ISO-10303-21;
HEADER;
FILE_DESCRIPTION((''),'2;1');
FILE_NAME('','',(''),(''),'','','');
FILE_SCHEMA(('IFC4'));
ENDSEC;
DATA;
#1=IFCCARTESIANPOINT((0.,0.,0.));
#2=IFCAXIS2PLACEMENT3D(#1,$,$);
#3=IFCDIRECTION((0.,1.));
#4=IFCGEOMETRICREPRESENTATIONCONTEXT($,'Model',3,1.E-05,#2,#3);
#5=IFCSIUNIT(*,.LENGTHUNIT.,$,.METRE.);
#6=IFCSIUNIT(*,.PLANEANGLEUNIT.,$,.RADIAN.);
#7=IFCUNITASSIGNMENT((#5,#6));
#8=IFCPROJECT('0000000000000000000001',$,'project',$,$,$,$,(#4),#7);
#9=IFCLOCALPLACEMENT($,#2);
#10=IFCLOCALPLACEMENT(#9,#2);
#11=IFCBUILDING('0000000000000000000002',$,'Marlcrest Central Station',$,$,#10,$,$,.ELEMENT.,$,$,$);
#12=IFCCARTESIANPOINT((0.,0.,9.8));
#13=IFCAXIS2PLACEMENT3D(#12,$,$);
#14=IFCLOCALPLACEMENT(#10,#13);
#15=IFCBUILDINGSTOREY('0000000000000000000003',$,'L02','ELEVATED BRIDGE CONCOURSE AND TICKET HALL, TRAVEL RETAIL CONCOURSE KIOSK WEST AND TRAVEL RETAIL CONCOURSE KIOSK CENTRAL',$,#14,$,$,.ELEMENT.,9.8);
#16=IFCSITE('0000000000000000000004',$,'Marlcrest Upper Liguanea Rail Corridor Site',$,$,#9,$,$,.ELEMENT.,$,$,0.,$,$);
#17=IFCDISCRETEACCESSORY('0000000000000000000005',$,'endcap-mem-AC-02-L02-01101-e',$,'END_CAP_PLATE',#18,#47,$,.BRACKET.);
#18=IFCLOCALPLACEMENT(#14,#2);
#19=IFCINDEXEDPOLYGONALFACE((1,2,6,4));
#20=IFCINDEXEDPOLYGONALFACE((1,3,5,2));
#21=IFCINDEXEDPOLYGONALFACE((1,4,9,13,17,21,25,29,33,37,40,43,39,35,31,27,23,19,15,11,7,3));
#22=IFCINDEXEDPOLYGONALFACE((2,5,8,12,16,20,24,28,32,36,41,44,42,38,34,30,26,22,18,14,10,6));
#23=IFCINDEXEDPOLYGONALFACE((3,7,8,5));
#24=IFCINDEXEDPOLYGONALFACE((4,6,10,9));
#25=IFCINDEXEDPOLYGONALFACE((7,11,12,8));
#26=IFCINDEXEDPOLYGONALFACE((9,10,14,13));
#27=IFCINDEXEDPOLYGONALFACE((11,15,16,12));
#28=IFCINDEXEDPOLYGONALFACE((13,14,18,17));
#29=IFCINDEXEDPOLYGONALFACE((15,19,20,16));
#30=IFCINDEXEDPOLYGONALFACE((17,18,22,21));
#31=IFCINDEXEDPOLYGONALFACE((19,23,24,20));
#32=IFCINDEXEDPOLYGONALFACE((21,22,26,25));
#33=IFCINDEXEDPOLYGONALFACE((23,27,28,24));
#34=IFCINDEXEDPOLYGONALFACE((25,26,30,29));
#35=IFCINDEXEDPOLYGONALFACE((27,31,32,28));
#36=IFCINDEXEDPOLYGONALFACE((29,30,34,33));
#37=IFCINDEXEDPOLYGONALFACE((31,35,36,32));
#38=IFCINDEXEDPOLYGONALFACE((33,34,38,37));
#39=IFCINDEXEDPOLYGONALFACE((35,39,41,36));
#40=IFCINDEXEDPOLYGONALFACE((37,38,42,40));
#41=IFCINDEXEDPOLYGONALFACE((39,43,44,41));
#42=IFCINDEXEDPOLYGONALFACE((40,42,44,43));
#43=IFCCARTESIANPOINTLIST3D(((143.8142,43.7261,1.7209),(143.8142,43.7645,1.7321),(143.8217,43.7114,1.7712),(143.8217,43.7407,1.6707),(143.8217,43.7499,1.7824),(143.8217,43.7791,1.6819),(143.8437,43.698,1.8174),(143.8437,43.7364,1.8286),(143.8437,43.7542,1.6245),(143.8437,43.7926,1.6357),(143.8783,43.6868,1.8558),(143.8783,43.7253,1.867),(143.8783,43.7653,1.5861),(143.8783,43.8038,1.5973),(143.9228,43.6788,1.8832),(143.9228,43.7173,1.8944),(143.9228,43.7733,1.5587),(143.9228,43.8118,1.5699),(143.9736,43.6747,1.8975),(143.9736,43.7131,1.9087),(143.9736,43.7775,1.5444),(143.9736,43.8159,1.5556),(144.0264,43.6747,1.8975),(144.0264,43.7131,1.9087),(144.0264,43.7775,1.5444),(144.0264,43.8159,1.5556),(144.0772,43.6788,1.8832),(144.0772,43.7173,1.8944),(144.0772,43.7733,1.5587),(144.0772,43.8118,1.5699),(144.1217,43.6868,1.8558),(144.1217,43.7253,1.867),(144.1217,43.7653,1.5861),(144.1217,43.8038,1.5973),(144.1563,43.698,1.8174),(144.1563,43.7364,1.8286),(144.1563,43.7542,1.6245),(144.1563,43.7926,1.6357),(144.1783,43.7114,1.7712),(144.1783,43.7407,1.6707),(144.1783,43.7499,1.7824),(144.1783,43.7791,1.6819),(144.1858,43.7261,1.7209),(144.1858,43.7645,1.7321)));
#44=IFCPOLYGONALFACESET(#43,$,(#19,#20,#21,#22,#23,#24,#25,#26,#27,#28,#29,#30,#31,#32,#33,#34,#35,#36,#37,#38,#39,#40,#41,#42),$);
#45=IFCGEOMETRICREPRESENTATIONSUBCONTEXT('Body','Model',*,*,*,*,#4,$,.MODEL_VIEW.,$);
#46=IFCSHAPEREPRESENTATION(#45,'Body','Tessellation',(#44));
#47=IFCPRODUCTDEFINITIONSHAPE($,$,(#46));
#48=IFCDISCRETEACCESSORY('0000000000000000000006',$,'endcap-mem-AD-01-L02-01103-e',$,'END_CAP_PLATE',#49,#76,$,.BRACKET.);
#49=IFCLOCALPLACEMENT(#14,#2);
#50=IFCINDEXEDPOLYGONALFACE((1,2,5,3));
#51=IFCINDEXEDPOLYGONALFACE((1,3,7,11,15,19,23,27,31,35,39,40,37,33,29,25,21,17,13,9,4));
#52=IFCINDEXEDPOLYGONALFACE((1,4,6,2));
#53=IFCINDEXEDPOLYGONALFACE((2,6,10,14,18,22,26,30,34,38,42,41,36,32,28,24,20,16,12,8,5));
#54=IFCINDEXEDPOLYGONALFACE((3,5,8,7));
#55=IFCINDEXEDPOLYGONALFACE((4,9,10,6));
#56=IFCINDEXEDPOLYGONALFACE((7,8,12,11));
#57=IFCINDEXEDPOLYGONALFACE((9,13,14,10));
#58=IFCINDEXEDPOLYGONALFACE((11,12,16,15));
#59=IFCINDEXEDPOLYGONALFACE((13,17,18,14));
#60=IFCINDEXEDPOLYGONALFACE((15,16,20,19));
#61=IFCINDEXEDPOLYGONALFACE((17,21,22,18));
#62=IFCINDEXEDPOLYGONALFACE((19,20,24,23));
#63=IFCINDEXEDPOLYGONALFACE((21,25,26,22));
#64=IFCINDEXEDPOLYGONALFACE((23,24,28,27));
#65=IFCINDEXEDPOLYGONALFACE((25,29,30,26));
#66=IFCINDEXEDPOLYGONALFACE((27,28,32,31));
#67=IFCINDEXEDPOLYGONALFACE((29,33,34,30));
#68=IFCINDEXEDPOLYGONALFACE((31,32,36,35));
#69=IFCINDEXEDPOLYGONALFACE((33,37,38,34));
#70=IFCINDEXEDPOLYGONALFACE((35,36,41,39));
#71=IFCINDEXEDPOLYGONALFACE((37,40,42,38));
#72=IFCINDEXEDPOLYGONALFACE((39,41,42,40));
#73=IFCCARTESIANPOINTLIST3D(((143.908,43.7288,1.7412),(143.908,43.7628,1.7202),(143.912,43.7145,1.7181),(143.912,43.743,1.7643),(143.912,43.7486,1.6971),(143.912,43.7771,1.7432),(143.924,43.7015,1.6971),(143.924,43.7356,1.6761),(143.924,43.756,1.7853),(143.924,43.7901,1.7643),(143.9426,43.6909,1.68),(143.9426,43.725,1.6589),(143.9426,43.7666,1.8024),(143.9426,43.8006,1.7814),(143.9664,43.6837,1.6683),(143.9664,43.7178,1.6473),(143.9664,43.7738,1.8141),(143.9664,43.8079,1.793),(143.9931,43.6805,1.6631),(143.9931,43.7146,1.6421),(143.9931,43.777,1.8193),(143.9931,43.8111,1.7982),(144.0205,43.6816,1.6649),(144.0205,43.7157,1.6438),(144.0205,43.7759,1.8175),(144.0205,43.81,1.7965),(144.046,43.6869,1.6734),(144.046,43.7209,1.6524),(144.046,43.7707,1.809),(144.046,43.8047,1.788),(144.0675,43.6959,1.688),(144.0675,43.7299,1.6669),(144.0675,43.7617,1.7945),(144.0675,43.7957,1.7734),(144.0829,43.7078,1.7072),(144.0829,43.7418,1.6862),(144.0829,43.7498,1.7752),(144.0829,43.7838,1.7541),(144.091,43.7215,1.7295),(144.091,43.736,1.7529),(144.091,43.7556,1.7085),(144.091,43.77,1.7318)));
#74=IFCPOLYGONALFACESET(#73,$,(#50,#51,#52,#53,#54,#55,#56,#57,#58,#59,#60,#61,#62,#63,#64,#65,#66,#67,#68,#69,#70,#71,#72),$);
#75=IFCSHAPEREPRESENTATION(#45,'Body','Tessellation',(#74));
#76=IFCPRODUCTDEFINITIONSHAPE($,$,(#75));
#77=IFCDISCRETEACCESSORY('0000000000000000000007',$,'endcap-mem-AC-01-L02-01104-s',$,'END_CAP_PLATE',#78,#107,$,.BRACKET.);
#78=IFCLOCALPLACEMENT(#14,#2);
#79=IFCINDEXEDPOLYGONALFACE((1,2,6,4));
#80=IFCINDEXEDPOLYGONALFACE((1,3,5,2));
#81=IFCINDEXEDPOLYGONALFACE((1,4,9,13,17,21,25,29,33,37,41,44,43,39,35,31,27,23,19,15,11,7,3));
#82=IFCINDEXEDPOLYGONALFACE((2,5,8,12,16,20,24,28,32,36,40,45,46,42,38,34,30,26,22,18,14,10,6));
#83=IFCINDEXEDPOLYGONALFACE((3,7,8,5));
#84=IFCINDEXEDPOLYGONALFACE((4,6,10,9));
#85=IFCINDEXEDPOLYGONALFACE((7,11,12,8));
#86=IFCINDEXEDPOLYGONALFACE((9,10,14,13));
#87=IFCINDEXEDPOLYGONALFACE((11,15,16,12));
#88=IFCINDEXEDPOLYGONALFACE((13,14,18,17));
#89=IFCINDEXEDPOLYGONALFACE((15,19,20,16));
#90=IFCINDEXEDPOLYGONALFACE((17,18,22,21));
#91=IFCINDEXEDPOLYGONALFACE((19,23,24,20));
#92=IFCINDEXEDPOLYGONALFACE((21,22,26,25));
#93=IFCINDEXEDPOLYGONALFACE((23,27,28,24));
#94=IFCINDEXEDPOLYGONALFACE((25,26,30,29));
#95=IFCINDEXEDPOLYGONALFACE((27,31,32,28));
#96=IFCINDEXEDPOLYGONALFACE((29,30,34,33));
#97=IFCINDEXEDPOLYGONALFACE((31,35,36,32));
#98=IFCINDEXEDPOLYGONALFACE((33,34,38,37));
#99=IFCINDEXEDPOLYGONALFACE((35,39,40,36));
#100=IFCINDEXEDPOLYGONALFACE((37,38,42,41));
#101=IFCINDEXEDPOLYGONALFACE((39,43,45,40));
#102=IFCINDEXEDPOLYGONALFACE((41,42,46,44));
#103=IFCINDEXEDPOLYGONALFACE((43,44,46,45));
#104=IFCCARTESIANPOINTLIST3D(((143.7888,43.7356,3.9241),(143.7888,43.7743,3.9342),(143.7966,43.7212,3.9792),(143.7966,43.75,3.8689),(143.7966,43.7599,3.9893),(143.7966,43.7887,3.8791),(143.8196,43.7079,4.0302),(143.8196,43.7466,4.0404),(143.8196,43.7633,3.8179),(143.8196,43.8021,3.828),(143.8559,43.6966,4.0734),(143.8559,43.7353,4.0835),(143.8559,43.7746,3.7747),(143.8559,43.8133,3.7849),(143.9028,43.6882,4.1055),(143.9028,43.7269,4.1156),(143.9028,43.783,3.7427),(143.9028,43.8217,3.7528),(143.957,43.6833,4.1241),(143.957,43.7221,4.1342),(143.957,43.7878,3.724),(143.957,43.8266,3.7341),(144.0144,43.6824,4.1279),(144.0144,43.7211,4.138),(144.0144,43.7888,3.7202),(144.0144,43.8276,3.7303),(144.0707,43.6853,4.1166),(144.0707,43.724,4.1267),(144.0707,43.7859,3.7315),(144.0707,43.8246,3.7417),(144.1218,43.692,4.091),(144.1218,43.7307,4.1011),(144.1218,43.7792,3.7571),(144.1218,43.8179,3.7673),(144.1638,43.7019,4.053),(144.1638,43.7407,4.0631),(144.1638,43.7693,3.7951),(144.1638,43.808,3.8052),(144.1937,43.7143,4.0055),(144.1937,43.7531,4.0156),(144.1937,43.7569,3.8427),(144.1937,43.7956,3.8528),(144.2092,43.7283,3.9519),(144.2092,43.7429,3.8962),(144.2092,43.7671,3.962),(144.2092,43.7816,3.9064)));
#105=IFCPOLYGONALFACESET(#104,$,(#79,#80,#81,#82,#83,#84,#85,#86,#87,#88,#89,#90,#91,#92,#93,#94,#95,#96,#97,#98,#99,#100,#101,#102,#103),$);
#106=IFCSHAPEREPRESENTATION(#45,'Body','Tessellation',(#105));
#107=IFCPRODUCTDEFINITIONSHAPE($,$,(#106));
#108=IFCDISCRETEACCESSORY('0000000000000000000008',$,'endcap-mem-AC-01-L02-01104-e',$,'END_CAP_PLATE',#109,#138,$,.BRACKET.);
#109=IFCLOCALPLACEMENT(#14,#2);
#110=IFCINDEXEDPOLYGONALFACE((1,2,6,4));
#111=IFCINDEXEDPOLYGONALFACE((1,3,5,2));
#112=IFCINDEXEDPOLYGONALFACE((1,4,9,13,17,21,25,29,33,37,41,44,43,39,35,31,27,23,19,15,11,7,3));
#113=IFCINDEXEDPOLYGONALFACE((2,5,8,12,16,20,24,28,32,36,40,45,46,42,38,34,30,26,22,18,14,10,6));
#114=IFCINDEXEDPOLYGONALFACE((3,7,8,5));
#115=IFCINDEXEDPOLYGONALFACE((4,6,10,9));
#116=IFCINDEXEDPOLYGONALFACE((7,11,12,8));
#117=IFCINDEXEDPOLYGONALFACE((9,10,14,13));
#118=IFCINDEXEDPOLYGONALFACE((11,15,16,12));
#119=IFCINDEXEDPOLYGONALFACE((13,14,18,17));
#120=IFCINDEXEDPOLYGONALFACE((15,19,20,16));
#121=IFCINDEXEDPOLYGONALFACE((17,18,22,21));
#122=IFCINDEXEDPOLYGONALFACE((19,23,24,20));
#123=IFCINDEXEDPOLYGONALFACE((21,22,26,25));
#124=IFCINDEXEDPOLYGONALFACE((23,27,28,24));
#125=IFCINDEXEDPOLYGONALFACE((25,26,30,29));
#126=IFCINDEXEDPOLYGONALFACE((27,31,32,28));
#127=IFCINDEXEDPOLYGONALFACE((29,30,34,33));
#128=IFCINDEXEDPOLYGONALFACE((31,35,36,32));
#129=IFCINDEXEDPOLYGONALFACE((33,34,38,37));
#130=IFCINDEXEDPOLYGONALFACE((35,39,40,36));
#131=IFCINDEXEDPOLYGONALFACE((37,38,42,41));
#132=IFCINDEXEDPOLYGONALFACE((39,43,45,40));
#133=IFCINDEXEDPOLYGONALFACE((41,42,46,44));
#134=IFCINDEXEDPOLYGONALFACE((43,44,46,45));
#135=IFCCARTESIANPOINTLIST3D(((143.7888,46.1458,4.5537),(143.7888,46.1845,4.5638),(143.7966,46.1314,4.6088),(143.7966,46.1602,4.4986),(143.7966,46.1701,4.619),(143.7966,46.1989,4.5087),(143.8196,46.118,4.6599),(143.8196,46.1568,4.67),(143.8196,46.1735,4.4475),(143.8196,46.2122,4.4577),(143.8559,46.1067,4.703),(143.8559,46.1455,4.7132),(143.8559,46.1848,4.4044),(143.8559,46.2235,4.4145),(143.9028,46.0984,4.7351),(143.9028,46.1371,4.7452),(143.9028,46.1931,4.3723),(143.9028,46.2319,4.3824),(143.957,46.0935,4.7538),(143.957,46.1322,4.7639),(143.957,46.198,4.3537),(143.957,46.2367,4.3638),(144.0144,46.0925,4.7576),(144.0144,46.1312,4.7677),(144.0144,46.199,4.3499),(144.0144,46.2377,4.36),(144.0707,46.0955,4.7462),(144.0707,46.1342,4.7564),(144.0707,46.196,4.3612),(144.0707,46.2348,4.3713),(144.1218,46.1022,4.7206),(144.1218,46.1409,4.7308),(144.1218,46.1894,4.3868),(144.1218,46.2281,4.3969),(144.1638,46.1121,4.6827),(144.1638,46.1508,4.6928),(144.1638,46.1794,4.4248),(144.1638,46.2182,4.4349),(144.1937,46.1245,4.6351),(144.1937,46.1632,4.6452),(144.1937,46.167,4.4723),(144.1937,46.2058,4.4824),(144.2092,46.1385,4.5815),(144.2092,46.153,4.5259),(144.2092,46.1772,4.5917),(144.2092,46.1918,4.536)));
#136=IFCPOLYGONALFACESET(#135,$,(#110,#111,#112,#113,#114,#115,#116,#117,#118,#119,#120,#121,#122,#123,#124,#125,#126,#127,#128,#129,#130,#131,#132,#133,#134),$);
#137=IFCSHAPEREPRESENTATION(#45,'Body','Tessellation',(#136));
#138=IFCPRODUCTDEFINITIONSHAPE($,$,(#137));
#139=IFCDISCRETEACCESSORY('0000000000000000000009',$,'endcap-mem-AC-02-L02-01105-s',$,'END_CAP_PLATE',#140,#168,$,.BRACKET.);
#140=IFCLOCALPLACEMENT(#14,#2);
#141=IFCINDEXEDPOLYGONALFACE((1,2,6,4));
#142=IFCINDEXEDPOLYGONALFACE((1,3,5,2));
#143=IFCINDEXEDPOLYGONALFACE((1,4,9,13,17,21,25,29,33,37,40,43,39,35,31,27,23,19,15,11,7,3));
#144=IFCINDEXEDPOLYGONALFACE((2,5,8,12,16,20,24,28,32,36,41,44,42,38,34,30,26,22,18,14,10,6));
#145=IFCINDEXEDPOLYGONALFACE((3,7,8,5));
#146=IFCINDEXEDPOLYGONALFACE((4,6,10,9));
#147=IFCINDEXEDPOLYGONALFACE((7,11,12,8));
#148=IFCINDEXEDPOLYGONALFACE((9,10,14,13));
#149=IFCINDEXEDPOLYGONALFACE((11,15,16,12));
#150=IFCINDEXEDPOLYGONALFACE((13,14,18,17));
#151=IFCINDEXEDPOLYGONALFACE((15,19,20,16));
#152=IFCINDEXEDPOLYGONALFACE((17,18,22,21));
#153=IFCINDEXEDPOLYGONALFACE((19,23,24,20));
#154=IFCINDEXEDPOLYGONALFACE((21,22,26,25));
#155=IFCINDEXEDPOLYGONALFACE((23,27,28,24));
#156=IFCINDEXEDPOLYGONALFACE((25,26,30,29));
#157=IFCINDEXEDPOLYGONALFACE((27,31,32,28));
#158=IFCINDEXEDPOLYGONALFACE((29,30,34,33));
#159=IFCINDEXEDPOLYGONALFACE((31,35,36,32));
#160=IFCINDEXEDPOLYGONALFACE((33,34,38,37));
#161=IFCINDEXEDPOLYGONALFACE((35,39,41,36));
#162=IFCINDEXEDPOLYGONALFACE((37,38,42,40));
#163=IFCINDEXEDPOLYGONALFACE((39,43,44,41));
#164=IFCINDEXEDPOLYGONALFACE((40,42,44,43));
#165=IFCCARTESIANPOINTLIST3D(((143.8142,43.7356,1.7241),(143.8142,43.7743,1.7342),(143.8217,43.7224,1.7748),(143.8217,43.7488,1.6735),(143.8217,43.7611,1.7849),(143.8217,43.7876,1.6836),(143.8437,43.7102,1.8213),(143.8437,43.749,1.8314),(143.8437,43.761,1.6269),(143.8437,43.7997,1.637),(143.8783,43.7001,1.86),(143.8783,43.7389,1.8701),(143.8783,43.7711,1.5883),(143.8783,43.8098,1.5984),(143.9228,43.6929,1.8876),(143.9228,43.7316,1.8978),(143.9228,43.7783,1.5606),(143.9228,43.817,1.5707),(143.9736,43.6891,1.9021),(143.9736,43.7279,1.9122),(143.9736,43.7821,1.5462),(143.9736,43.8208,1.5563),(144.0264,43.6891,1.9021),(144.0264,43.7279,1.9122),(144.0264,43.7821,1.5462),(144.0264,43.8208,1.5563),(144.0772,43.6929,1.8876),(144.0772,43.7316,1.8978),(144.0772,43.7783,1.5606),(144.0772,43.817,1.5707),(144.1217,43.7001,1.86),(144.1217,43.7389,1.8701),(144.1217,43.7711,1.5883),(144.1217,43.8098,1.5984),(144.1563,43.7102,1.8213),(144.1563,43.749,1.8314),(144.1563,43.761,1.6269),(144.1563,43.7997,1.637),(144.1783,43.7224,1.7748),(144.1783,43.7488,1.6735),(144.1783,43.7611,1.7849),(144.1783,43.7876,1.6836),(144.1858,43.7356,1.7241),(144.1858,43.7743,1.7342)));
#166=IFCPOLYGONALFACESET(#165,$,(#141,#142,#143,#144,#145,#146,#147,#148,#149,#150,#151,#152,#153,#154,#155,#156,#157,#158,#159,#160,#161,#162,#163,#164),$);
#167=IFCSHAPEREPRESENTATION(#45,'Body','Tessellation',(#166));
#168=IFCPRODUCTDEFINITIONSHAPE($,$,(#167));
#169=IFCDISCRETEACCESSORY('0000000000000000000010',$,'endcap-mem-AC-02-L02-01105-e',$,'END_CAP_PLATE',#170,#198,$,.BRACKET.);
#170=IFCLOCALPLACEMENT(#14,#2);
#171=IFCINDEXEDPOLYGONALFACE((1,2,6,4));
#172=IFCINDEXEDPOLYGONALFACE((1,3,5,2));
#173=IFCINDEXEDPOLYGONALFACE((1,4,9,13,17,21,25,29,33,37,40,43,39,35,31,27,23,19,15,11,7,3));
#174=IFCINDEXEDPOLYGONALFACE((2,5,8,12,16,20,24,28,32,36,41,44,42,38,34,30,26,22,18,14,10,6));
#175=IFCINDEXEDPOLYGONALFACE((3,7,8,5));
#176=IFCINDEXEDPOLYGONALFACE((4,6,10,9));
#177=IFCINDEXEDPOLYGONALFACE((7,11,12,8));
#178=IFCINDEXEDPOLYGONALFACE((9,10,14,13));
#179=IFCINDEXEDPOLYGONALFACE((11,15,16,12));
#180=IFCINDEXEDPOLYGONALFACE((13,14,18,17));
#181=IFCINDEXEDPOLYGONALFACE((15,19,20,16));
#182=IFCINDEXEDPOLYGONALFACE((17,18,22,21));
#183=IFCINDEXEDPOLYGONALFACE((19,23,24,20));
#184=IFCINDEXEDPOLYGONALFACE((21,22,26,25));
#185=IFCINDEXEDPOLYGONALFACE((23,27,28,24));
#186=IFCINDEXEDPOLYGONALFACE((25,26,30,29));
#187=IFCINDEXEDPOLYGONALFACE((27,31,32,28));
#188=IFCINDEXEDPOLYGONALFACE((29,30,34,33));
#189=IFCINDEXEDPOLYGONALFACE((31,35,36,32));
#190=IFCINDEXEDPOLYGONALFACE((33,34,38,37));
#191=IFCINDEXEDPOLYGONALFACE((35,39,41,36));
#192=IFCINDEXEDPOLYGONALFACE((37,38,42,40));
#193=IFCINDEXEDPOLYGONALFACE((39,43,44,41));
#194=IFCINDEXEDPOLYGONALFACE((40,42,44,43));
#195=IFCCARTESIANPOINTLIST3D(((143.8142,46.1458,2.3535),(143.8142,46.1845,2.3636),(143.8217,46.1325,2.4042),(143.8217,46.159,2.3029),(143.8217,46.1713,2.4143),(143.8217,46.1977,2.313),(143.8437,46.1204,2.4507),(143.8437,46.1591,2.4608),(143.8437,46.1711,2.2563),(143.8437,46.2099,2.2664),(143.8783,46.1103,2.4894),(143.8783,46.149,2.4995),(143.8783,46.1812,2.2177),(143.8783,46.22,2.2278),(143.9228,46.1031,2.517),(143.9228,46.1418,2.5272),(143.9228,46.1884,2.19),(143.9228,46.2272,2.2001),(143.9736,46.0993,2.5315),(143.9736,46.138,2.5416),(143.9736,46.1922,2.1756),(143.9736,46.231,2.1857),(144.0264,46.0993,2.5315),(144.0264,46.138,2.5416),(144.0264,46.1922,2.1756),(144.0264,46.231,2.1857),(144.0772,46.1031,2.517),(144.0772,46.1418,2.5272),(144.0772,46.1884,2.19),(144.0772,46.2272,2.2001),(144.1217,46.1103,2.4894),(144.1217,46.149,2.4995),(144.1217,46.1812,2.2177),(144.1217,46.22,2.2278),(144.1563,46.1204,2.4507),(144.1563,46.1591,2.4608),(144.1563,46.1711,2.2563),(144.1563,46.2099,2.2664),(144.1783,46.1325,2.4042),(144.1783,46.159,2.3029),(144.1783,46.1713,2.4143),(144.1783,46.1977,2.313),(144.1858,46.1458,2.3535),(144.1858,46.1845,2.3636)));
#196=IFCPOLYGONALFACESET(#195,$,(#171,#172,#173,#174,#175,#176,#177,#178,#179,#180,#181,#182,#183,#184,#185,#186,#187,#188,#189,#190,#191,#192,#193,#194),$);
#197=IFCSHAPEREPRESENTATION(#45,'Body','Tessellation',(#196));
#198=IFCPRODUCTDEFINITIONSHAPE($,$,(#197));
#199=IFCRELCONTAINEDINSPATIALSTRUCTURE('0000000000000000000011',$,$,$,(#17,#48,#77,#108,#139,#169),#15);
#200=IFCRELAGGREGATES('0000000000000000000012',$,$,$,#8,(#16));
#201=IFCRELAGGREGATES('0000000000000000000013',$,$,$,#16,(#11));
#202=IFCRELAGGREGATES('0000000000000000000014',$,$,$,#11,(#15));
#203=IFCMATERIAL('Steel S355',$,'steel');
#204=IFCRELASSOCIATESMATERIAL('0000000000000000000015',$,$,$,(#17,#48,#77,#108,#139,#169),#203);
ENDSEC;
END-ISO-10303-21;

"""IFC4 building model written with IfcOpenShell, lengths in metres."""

from ifc_helpers import new_model, si_unit, direction, frame, origin, origin_2d, place, context, subcontext, project, spatial, circle, extrude, material, element, save


model = new_model("IFC4")

# Units and contexts
model_context = context("Model", 3, precision=1e-05, world=origin(), true_north=direction((0.0, 1.0)))
body_context = subcontext(model_context, "Body", "Model", "MODEL_VIEW")
ifc_project = project(units=[si_unit("LENGTHUNIT", "METRE"), si_unit("PLANEANGLEUNIT", "RADIAN")], contexts=[model_context])

# Site, building, storey
site_placement = place(None, origin())
site = spatial("IfcSite", under=ifc_project, at=site_placement, Name="Marlcrest Upper Liguanea Rail Corridor Site", CompositionType="ELEMENT", RefElevation=0.0)
building_placement = place(site_placement, origin())
building = spatial("IfcBuilding", under=site, at=building_placement, Name="Marlcrest Central Station", CompositionType="ELEMENT")
storey_placement = place(building_placement, frame((0.0, 0.0, 9.8)))
storey = spatial("IfcBuildingStorey", under=building, at=storey_placement, Name="L02", Description="ELEVATED BRIDGE CONCOURSE AND TICKET HALL, TRAVEL RETAIL CONCOURSE KIOSK WEST AND TRAVEL RETAIL CONCOURSE KIOSK CENTRAL", CompositionType="ELEMENT", Elevation=9.8)

# Shared definitions
ifc_material_1 = material(Name="Steel S355", Category="steel")

# Discrete accessories
discrete_accessory_1_placement = place(storey_placement, frame((144.0, 43.7261, 1.7209), z_axis=(0.0, 0.96013, 0.279554), x_axis=(-1.0, 0.0, 0.0)))
element("IfcDiscreteAccessory", 1, at=discrete_accessory_1_placement, inside=storey, material=ifc_material_1, Name="endcap-mem-AC-02-L02-01101-e", ObjectType="END_CAP_PLATE", PredefinedType="BRACKET", context=body_context, shape_type="SweptSolid", body=[
    extrude(circle(Radius=0.1858, at=origin_2d()), origin(), (0.0, 0.0, 1.0), 0.04),
])
discrete_accessory_2_placement = place(storey_placement, frame((144.0, 43.7288, 1.7412), z_axis=(0.0, 0.850687, -0.525672), x_axis=(-1.0, 0.0, 0.0)))
element("IfcDiscreteAccessory", 2, at=discrete_accessory_2_placement, inside=storey, material=ifc_material_1, Name="endcap-mem-AD-01-L02-01103-e", ObjectType="END_CAP_PLATE", PredefinedType="BRACKET", context=body_context, shape_type="SweptSolid", body=[
    extrude(circle(Radius=0.092, at=origin_2d()), origin(), (0.0, 0.0, 1.0), 0.04),
])
for number, where, z_axis, x_axis, name in (
    (3, (144.0, 43.7356, 3.9241), (0.0, 0.967539, 0.25272), (-1.0, 0.0, 0.0), "endcap-mem-AC-01-L02-01104-s"),
    (4, (144.0, 46.1458, 4.5537), (0.0, 0.967539, 0.25272), (-1.0, 0.0, 0.0), "endcap-mem-AC-01-L02-01104-e"),
):
    element("IfcDiscreteAccessory", number, at=place(storey_placement, frame(where, z_axis=z_axis, x_axis=x_axis)), inside=storey, material=ifc_material_1, Name=name, ObjectType="END_CAP_PLATE", PredefinedType="BRACKET", context=body_context, shape_type="SweptSolid", body=[
        extrude(circle(Radius=0.2112, at=origin_2d()), origin(), (0.0, 0.0, 1.0), 0.04),
    ])
for number, where, z_axis, x_axis, name in (
    (5, (144.0, 43.7356, 1.7241), (0.0, 0.967563, 0.252629), (-1.0, 0.0, 0.0), "endcap-mem-AC-02-L02-01105-s"),
    (6, (144.0, 46.1458, 2.3535), (0.0, 0.967563, 0.252629), (-1.0, 0.0, 0.0), "endcap-mem-AC-02-L02-01105-e"),
):
    element("IfcDiscreteAccessory", number, at=place(storey_placement, frame(where, z_axis=z_axis, x_axis=x_axis)), inside=storey, material=ifc_material_1, Name=name, ObjectType="END_CAP_PLATE", PredefinedType="BRACKET", context=body_context, shape_type="SweptSolid", body=[
        extrude(circle(Radius=0.1858, at=origin_2d()), origin(), (0.0, 0.0, 1.0), 0.04),
    ])

save(model, "model.ifc")
